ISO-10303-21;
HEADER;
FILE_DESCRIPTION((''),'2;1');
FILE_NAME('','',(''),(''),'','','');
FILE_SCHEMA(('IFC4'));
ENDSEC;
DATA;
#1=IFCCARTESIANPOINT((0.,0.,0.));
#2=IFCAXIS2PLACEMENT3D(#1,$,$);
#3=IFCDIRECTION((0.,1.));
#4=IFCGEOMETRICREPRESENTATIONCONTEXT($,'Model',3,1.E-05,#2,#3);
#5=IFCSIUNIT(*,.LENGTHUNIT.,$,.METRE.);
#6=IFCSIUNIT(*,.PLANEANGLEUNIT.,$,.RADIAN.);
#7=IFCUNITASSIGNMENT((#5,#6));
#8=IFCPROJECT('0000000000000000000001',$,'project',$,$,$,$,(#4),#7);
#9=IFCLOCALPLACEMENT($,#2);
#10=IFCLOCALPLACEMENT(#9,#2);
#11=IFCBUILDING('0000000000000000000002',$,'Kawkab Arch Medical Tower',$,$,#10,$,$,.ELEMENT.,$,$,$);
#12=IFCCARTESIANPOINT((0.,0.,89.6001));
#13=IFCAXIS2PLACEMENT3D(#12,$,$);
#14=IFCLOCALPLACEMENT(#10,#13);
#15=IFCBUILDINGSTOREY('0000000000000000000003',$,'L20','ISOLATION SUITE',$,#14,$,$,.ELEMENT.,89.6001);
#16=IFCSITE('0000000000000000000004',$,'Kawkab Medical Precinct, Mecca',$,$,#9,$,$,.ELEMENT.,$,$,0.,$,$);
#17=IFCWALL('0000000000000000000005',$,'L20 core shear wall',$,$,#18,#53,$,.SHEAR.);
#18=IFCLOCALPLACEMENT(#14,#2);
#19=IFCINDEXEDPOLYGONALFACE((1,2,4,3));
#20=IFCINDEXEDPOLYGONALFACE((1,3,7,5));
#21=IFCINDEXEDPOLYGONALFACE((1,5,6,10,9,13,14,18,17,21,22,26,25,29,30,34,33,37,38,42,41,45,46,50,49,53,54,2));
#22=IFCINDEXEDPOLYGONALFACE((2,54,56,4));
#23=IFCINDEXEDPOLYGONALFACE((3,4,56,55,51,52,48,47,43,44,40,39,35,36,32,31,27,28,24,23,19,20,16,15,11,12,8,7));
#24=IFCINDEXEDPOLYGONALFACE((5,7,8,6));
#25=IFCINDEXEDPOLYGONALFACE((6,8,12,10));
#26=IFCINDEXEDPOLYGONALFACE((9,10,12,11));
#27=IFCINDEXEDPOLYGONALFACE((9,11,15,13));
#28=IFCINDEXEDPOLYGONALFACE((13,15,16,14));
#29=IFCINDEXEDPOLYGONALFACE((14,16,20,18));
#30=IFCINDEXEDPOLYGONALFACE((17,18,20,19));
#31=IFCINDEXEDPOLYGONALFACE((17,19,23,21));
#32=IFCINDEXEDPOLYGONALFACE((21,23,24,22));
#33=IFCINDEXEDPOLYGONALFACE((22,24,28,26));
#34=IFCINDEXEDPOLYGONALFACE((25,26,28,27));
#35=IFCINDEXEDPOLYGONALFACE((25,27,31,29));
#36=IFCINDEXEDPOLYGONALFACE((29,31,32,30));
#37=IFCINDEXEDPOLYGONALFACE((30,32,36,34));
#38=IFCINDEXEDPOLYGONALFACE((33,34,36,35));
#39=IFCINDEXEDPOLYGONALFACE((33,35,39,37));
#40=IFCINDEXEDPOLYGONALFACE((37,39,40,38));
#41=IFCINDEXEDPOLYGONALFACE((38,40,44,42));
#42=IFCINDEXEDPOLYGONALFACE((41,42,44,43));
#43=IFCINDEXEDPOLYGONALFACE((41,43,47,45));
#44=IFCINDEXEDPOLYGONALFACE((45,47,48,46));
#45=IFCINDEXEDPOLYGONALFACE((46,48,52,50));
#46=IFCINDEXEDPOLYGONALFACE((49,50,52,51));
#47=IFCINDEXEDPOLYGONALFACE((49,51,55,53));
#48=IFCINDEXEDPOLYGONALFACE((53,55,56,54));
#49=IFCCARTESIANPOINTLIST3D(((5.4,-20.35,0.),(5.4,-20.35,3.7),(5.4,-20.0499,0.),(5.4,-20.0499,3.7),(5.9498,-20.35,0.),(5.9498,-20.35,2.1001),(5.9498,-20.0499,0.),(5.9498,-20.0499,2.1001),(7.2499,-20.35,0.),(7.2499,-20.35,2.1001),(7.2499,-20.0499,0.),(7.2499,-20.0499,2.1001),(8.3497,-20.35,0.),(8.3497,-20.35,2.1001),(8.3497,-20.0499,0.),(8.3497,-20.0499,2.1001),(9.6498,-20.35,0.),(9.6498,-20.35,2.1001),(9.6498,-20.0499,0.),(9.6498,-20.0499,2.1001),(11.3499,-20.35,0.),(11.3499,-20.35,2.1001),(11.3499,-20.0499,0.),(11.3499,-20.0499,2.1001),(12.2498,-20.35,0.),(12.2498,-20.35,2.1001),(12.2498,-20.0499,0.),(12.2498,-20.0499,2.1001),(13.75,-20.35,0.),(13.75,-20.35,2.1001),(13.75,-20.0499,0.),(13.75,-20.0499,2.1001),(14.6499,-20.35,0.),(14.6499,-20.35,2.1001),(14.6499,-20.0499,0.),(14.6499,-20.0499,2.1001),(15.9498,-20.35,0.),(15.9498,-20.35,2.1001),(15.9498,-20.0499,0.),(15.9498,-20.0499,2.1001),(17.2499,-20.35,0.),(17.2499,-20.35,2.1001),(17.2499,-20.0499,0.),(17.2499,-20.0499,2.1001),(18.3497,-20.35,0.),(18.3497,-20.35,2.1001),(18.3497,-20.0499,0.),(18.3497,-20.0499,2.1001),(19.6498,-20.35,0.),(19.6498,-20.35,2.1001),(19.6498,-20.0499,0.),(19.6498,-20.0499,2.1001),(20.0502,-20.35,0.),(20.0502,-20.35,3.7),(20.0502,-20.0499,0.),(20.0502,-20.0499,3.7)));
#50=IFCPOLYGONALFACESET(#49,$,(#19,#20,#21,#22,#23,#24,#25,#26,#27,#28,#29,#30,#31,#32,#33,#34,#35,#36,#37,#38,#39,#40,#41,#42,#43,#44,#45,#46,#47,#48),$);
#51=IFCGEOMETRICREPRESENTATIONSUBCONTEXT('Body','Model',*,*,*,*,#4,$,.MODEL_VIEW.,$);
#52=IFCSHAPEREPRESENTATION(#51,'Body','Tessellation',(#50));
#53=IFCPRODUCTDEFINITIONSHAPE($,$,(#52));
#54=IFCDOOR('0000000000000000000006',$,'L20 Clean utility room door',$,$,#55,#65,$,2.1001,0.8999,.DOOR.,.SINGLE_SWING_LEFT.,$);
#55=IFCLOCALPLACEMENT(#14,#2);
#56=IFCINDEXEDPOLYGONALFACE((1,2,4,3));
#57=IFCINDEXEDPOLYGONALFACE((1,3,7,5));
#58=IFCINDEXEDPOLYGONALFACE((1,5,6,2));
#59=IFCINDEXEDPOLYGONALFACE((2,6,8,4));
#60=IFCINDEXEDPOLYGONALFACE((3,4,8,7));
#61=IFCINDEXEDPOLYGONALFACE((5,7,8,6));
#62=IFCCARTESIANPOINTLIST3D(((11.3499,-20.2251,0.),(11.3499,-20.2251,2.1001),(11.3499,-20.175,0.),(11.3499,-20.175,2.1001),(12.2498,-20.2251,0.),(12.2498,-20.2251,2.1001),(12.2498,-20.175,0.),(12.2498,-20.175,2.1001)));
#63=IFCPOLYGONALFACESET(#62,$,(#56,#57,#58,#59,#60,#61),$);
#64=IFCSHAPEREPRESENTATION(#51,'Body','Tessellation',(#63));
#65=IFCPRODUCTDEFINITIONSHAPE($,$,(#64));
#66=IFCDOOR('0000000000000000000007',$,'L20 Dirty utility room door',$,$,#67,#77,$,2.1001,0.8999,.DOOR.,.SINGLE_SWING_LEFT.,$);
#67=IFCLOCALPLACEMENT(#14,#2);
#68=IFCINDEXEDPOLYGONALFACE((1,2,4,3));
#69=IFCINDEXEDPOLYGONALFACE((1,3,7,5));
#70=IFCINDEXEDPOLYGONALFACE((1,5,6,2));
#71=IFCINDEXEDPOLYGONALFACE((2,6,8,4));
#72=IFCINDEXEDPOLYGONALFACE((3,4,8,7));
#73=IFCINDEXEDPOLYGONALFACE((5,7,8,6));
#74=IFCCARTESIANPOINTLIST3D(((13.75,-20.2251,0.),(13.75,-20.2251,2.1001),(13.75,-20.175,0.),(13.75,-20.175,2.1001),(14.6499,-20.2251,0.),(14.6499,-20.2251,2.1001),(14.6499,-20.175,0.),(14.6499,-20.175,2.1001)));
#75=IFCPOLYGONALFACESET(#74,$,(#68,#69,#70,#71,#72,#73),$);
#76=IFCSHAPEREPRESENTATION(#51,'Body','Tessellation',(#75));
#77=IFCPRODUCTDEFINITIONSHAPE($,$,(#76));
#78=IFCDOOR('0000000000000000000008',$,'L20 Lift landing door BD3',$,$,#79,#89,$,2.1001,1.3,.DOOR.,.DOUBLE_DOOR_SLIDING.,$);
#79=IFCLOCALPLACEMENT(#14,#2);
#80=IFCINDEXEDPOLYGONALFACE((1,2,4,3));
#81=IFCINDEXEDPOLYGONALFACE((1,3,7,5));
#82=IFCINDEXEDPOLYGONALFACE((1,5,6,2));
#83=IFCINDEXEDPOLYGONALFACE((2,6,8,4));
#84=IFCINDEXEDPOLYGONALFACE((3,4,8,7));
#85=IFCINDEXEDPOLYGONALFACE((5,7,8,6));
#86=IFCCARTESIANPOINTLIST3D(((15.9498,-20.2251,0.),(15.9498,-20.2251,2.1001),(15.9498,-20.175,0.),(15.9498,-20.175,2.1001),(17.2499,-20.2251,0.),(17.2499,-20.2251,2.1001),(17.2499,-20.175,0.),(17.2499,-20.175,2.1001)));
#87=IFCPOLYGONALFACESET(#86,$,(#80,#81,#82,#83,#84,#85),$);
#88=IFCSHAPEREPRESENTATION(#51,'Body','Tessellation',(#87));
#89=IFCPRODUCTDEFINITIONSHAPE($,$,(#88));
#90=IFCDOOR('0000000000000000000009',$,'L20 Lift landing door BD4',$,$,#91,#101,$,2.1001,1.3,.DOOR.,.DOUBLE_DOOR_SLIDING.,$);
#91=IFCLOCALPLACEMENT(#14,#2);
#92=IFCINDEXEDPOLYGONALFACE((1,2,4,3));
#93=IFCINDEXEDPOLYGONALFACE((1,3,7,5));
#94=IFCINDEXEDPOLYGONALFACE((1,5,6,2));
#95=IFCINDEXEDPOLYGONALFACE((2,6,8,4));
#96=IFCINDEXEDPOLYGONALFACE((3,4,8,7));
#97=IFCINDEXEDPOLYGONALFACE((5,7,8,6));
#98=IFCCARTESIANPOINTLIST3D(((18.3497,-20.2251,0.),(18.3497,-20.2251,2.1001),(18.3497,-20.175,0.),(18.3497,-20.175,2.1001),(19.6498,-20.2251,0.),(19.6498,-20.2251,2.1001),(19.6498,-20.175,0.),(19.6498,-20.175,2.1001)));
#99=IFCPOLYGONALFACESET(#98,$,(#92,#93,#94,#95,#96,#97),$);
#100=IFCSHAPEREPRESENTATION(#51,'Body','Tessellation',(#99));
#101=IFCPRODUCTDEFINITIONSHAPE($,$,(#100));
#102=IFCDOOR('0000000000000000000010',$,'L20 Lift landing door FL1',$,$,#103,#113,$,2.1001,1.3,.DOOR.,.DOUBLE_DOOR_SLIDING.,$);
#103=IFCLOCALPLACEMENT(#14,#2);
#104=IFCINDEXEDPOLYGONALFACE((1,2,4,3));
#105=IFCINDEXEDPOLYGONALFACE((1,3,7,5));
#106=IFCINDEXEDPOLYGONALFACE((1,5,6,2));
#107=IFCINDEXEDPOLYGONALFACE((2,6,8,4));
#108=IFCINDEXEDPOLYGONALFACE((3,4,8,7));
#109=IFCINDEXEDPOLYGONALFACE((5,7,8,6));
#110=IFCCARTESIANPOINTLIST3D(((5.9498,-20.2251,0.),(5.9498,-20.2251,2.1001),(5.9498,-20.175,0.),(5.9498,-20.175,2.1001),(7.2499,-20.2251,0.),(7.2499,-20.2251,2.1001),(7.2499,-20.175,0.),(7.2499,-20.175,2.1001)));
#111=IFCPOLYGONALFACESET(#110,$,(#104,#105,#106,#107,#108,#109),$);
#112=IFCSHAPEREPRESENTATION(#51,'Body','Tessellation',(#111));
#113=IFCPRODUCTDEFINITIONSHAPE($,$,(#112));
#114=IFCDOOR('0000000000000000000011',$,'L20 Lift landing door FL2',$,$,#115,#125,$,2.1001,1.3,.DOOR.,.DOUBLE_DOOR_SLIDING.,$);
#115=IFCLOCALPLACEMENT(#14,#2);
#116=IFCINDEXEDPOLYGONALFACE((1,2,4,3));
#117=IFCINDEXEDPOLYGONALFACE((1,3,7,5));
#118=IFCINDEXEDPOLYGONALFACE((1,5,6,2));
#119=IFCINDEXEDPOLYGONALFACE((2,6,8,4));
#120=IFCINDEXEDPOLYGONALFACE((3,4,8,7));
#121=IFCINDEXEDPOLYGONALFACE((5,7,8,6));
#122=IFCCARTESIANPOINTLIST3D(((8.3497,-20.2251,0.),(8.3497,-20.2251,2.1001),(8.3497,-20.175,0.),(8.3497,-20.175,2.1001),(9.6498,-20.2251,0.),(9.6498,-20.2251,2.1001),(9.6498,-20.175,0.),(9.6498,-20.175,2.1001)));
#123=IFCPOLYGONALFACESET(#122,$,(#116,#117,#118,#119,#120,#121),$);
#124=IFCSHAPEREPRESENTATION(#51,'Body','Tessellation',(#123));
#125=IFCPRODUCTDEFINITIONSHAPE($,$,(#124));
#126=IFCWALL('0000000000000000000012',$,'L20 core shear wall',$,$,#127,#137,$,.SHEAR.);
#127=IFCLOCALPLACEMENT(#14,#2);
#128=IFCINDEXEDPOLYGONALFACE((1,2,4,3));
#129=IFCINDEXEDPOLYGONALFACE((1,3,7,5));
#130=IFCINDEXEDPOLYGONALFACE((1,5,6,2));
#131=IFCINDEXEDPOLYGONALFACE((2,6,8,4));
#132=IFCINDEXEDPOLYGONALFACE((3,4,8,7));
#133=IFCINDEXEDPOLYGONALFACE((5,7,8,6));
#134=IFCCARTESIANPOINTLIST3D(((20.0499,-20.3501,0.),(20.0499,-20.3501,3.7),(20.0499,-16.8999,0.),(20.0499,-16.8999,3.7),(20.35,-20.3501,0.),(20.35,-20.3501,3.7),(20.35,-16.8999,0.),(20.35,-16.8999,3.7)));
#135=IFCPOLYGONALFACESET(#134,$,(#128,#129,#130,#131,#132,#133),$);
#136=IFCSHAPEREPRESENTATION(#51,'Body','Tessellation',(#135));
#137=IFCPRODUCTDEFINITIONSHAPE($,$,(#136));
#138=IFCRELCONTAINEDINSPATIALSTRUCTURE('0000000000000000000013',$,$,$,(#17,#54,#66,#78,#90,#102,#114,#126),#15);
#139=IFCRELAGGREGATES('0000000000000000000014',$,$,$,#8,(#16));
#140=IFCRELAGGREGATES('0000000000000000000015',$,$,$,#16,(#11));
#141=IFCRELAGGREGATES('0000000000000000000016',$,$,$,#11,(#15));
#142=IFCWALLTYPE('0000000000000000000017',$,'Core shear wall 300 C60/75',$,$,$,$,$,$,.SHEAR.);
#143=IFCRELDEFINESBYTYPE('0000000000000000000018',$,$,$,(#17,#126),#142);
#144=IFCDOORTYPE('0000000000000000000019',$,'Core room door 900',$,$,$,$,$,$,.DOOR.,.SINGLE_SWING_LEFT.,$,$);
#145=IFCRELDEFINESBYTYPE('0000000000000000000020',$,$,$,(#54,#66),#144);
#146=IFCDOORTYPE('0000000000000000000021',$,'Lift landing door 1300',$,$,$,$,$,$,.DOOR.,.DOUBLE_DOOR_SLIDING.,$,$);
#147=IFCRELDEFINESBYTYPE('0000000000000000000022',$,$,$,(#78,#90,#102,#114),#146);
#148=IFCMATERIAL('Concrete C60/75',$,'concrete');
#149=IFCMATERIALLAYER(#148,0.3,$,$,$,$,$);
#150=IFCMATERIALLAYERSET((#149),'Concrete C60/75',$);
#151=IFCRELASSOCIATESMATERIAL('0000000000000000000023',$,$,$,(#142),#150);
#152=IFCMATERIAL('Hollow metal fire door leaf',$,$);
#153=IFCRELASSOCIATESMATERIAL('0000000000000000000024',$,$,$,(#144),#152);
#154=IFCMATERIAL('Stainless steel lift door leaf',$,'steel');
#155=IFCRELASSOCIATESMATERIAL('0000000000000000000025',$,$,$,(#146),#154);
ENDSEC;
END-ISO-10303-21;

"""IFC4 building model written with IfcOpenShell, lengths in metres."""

from ifc_helpers import new_model, si_unit, direction, frame, frame_2d, origin, place, context, subcontext, project, spatial, rectangle, extrude, material, layer, layer_set, type_object, element, fill, save


model = new_model("IFC4")

# Units and contexts
model_context = context("Model", 3, precision=1e-05, world=origin(), true_north=direction((0.0, 1.0)))
body_context = subcontext(model_context, "Body", "Model", "MODEL_VIEW")
ifc_project = project(units=[si_unit("LENGTHUNIT", "METRE"), si_unit("PLANEANGLEUNIT", "RADIAN")], contexts=[model_context])

# Site, building, storey
site_placement = place(None, origin())
site = spatial("IfcSite", under=ifc_project, at=site_placement, Name="Kawkab Medical Precinct, Mecca", CompositionType="ELEMENT", RefElevation=0.0)
building_placement = place(site_placement, origin())
building = spatial("IfcBuilding", under=site, at=building_placement, Name="Kawkab Arch Medical Tower", CompositionType="ELEMENT")
storey_placement = place(building_placement, frame((0.0, 0.0, 89.6001)))
storey = spatial("IfcBuildingStorey", under=building, at=storey_placement, Name="L20", Description="ISOLATION SUITE", CompositionType="ELEMENT", Elevation=89.6001)

# Shared definitions
ifc_material_1 = material(Name="Concrete C60/75", Category="concrete")
ifc_layer_1 = layer(ifc_material_1, 0.3)
ifc_layer_set_1 = layer_set([ifc_layer_1], Name="Concrete C60/75")
wall_type_1 = type_object("IfcWallType", Name="Core shear wall 300 C60/75", PredefinedType="SHEAR", material=ifc_layer_set_1)

# Wall, openings, doors
wall_1_placement = place(storey_placement, frame((5.3999, -20.2, 0.0), z_axis=(0.0, 0.0, 1.0), x_axis=(1.0, 0.0, 0.0)))
wall_1 = element("IfcWall", 1, at=wall_1_placement, inside=storey, type_object=wall_type_1, Name="L20 core shear wall", PredefinedType="SHEAR", context=body_context, shape_type="SweptSolid", body=[
    extrude(rectangle(XDim=14.6501, YDim=0.3, at=frame_2d((7.3252, 0.0))), origin(), (0.0, 0.0, 1.0), 3.7),
])
opening_1_placement = place(wall_1_placement, frame((10.55, 0.0, 0.0)))
opening_1 = element("IfcOpeningElement", 2, at=opening_1_placement, cuts=wall_1, PredefinedType="OPENING", context=body_context, shape_type="SweptSolid", body=[
    extrude(rectangle(XDim=1.3, YDim=2.1001, at=frame_2d((0.6499, 1.05))), frame((0.0, 0.1599, 0.0), z_axis=(0.0, -1.0, 0.0), x_axis=(1.0, 0.0, 0.0)), (0.0, 0.0, 1.0), 0.3201),
])
opening_2_placement = place(wall_1_placement, frame((12.95, 0.0, 0.0)))
opening_2 = element("IfcOpeningElement", 3, at=opening_2_placement, cuts=wall_1, PredefinedType="OPENING", context=body_context, shape_type="SweptSolid", body=[
    extrude(rectangle(XDim=1.3, YDim=2.1001, at=frame_2d((0.6499, 1.05))), frame((0.0, 0.1599, 0.0), z_axis=(0.0, -1.0, 0.0), x_axis=(1.0, 0.0, 0.0)), (0.0, 0.0, 1.0), 0.3201),
])
opening_3_placement = place(wall_1_placement, frame((0.55, 0.0, 0.0)))
opening_3 = element("IfcOpeningElement", 4, at=opening_3_placement, cuts=wall_1, PredefinedType="OPENING", context=body_context, shape_type="SweptSolid", body=[
    extrude(rectangle(XDim=1.3, YDim=2.1001, at=frame_2d((0.6499, 1.05))), frame((0.0, 0.1599, 0.0), z_axis=(0.0, -1.0, 0.0), x_axis=(1.0, 0.0, 0.0)), (0.0, 0.0, 1.0), 0.3201),
])
opening_4_placement = place(wall_1_placement, frame((2.95, 0.0, 0.0)))
opening_4 = element("IfcOpeningElement", 5, at=opening_4_placement, cuts=wall_1, PredefinedType="OPENING", context=body_context, shape_type="SweptSolid", body=[
    extrude(rectangle(XDim=1.3, YDim=2.1001, at=frame_2d((0.6499, 1.05))), frame((0.0, 0.1599, 0.0), z_axis=(0.0, -1.0, 0.0), x_axis=(1.0, 0.0, 0.0)), (0.0, 0.0, 1.0), 0.3201),
])
opening_5_placement = place(wall_1_placement, frame((5.95, 0.0, 0.0)))
opening_5 = element("IfcOpeningElement", 6, at=opening_5_placement, cuts=wall_1, PredefinedType="OPENING", context=body_context, shape_type="SweptSolid", body=[
    extrude(rectangle(XDim=0.8999, YDim=2.1001, at=frame_2d((0.45, 1.05))), frame((0.0, 0.1599, 0.0), z_axis=(0.0, -1.0, 0.0), x_axis=(1.0, 0.0, 0.0)), (0.0, 0.0, 1.0), 0.3201),
])
opening_6_placement = place(wall_1_placement, frame((8.3501, 0.0, 0.0)))
opening_6 = element("IfcOpeningElement", 7, at=opening_6_placement, cuts=wall_1, PredefinedType="OPENING", context=body_context, shape_type="SweptSolid", body=[
    extrude(rectangle(XDim=0.8999, YDim=2.1001, at=frame_2d((0.45, 1.05))), frame((0.0, 0.1599, 0.0), z_axis=(0.0, -1.0, 0.0), x_axis=(1.0, 0.0, 0.0)), (0.0, 0.0, 1.0), 0.3201),
])
ifc_material_2 = material(Name="Hollow metal fire door leaf")
door_type_1 = type_object("IfcDoorType", Name="Core room door 900", OperationType="SINGLE_SWING_LEFT", PredefinedType="DOOR", material=ifc_material_2)
door_1_placement = place(opening_5_placement, origin())
door_1 = element("IfcDoor", 8, at=door_1_placement, inside=storey, type_object=door_type_1, Name="L20 Clean utility room door", OperationType="SINGLE_SWING_LEFT", OverallHeight=2.1001, OverallWidth=0.8999, PredefinedType="DOOR", context=body_context, shape_type="SweptSolid", body=[
    extrude(rectangle(XDim=0.8999, YDim=2.1001, at=frame_2d((0.45, 1.05))), frame((0.0, 0.0249, 0.0), z_axis=(0.0, -1.0, 0.0), x_axis=(1.0, 0.0, 0.0)), (0.0, 0.0, 1.0), 0.05),
])
fill(opening_5, door_1)
door_2_placement = place(opening_6_placement, origin())
door_2 = element("IfcDoor", 9, at=door_2_placement, inside=storey, type_object=door_type_1, Name="L20 Dirty utility room door", OperationType="SINGLE_SWING_LEFT", OverallHeight=2.1001, OverallWidth=0.8999, PredefinedType="DOOR", context=body_context, shape_type="SweptSolid", body=[
    extrude(rectangle(XDim=0.8999, YDim=2.1001, at=frame_2d((0.45, 1.05))), frame((0.0, 0.0249, 0.0), z_axis=(0.0, -1.0, 0.0), x_axis=(1.0, 0.0, 0.0)), (0.0, 0.0, 1.0), 0.05),
])
fill(opening_6, door_2)
ifc_material_3 = material(Name="Stainless steel lift door leaf", Category="steel")
door_type_2 = type_object("IfcDoorType", Name="Lift landing door 1300", OperationType="DOUBLE_DOOR_SLIDING", PredefinedType="DOOR", material=ifc_material_3)
door_3_placement = place(opening_1_placement, origin())
door_3 = element("IfcDoor", 10, at=door_3_placement, inside=storey, type_object=door_type_2, Name="L20 Lift landing door BD3", OperationType="DOUBLE_DOOR_SLIDING", OverallHeight=2.1001, OverallWidth=1.3, PredefinedType="DOOR", context=body_context, shape_type="SweptSolid", body=[
    extrude(rectangle(XDim=1.3, YDim=2.1001, at=frame_2d((0.6499, 1.05))), frame((0.0, 0.0249, 0.0), z_axis=(0.0, -1.0, 0.0), x_axis=(1.0, 0.0, 0.0)), (0.0, 0.0, 1.0), 0.05),
])
fill(opening_1, door_3)
door_4_placement = place(opening_2_placement, origin())
door_4 = element("IfcDoor", 11, at=door_4_placement, inside=storey, type_object=door_type_2, Name="L20 Lift landing door BD4", OperationType="DOUBLE_DOOR_SLIDING", OverallHeight=2.1001, OverallWidth=1.3, PredefinedType="DOOR", context=body_context, shape_type="SweptSolid", body=[
    extrude(rectangle(XDim=1.3, YDim=2.1001, at=frame_2d((0.6499, 1.05))), frame((0.0, 0.0249, 0.0), z_axis=(0.0, -1.0, 0.0), x_axis=(1.0, 0.0, 0.0)), (0.0, 0.0, 1.0), 0.05),
])
fill(opening_2, door_4)
door_5_placement = place(opening_3_placement, origin())
door_5 = element("IfcDoor", 12, at=door_5_placement, inside=storey, type_object=door_type_2, Name="L20 Lift landing door FL1", OperationType="DOUBLE_DOOR_SLIDING", OverallHeight=2.1001, OverallWidth=1.3, PredefinedType="DOOR", context=body_context, shape_type="SweptSolid", body=[
    extrude(rectangle(XDim=1.3, YDim=2.1001, at=frame_2d((0.6499, 1.05))), frame((0.0, 0.0249, 0.0), z_axis=(0.0, -1.0, 0.0), x_axis=(1.0, 0.0, 0.0)), (0.0, 0.0, 1.0), 0.05),
])
fill(opening_3, door_5)
door_6_placement = place(opening_4_placement, origin())
door_6 = element("IfcDoor", 13, at=door_6_placement, inside=storey, type_object=door_type_2, Name="L20 Lift landing door FL2", OperationType="DOUBLE_DOOR_SLIDING", OverallHeight=2.1001, OverallWidth=1.3, PredefinedType="DOOR", context=body_context, shape_type="SweptSolid", body=[
    extrude(rectangle(XDim=1.3, YDim=2.1001, at=frame_2d((0.6499, 1.05))), frame((0.0, 0.0249, 0.0), z_axis=(0.0, -1.0, 0.0), x_axis=(1.0, 0.0, 0.0)), (0.0, 0.0, 1.0), 0.05),
])
fill(opening_4, door_6)

# Wall
wall_2_placement = place(storey_placement, frame((20.2, -20.3501, 0.0), z_axis=(0.0, 0.0, 1.0), x_axis=(0.0, 1.0, 0.0)))
element("IfcWall", 14, at=wall_2_placement, inside=storey, type_object=wall_type_1, Name="L20 core shear wall", PredefinedType="SHEAR", context=body_context, shape_type="SweptSolid", body=[
    extrude(rectangle(XDim=3.4502, YDim=0.3, at=frame_2d((1.7251, 0.0))), origin(), (0.0, 0.0, 1.0), 3.7),
])

save(model, "model.ifc")
